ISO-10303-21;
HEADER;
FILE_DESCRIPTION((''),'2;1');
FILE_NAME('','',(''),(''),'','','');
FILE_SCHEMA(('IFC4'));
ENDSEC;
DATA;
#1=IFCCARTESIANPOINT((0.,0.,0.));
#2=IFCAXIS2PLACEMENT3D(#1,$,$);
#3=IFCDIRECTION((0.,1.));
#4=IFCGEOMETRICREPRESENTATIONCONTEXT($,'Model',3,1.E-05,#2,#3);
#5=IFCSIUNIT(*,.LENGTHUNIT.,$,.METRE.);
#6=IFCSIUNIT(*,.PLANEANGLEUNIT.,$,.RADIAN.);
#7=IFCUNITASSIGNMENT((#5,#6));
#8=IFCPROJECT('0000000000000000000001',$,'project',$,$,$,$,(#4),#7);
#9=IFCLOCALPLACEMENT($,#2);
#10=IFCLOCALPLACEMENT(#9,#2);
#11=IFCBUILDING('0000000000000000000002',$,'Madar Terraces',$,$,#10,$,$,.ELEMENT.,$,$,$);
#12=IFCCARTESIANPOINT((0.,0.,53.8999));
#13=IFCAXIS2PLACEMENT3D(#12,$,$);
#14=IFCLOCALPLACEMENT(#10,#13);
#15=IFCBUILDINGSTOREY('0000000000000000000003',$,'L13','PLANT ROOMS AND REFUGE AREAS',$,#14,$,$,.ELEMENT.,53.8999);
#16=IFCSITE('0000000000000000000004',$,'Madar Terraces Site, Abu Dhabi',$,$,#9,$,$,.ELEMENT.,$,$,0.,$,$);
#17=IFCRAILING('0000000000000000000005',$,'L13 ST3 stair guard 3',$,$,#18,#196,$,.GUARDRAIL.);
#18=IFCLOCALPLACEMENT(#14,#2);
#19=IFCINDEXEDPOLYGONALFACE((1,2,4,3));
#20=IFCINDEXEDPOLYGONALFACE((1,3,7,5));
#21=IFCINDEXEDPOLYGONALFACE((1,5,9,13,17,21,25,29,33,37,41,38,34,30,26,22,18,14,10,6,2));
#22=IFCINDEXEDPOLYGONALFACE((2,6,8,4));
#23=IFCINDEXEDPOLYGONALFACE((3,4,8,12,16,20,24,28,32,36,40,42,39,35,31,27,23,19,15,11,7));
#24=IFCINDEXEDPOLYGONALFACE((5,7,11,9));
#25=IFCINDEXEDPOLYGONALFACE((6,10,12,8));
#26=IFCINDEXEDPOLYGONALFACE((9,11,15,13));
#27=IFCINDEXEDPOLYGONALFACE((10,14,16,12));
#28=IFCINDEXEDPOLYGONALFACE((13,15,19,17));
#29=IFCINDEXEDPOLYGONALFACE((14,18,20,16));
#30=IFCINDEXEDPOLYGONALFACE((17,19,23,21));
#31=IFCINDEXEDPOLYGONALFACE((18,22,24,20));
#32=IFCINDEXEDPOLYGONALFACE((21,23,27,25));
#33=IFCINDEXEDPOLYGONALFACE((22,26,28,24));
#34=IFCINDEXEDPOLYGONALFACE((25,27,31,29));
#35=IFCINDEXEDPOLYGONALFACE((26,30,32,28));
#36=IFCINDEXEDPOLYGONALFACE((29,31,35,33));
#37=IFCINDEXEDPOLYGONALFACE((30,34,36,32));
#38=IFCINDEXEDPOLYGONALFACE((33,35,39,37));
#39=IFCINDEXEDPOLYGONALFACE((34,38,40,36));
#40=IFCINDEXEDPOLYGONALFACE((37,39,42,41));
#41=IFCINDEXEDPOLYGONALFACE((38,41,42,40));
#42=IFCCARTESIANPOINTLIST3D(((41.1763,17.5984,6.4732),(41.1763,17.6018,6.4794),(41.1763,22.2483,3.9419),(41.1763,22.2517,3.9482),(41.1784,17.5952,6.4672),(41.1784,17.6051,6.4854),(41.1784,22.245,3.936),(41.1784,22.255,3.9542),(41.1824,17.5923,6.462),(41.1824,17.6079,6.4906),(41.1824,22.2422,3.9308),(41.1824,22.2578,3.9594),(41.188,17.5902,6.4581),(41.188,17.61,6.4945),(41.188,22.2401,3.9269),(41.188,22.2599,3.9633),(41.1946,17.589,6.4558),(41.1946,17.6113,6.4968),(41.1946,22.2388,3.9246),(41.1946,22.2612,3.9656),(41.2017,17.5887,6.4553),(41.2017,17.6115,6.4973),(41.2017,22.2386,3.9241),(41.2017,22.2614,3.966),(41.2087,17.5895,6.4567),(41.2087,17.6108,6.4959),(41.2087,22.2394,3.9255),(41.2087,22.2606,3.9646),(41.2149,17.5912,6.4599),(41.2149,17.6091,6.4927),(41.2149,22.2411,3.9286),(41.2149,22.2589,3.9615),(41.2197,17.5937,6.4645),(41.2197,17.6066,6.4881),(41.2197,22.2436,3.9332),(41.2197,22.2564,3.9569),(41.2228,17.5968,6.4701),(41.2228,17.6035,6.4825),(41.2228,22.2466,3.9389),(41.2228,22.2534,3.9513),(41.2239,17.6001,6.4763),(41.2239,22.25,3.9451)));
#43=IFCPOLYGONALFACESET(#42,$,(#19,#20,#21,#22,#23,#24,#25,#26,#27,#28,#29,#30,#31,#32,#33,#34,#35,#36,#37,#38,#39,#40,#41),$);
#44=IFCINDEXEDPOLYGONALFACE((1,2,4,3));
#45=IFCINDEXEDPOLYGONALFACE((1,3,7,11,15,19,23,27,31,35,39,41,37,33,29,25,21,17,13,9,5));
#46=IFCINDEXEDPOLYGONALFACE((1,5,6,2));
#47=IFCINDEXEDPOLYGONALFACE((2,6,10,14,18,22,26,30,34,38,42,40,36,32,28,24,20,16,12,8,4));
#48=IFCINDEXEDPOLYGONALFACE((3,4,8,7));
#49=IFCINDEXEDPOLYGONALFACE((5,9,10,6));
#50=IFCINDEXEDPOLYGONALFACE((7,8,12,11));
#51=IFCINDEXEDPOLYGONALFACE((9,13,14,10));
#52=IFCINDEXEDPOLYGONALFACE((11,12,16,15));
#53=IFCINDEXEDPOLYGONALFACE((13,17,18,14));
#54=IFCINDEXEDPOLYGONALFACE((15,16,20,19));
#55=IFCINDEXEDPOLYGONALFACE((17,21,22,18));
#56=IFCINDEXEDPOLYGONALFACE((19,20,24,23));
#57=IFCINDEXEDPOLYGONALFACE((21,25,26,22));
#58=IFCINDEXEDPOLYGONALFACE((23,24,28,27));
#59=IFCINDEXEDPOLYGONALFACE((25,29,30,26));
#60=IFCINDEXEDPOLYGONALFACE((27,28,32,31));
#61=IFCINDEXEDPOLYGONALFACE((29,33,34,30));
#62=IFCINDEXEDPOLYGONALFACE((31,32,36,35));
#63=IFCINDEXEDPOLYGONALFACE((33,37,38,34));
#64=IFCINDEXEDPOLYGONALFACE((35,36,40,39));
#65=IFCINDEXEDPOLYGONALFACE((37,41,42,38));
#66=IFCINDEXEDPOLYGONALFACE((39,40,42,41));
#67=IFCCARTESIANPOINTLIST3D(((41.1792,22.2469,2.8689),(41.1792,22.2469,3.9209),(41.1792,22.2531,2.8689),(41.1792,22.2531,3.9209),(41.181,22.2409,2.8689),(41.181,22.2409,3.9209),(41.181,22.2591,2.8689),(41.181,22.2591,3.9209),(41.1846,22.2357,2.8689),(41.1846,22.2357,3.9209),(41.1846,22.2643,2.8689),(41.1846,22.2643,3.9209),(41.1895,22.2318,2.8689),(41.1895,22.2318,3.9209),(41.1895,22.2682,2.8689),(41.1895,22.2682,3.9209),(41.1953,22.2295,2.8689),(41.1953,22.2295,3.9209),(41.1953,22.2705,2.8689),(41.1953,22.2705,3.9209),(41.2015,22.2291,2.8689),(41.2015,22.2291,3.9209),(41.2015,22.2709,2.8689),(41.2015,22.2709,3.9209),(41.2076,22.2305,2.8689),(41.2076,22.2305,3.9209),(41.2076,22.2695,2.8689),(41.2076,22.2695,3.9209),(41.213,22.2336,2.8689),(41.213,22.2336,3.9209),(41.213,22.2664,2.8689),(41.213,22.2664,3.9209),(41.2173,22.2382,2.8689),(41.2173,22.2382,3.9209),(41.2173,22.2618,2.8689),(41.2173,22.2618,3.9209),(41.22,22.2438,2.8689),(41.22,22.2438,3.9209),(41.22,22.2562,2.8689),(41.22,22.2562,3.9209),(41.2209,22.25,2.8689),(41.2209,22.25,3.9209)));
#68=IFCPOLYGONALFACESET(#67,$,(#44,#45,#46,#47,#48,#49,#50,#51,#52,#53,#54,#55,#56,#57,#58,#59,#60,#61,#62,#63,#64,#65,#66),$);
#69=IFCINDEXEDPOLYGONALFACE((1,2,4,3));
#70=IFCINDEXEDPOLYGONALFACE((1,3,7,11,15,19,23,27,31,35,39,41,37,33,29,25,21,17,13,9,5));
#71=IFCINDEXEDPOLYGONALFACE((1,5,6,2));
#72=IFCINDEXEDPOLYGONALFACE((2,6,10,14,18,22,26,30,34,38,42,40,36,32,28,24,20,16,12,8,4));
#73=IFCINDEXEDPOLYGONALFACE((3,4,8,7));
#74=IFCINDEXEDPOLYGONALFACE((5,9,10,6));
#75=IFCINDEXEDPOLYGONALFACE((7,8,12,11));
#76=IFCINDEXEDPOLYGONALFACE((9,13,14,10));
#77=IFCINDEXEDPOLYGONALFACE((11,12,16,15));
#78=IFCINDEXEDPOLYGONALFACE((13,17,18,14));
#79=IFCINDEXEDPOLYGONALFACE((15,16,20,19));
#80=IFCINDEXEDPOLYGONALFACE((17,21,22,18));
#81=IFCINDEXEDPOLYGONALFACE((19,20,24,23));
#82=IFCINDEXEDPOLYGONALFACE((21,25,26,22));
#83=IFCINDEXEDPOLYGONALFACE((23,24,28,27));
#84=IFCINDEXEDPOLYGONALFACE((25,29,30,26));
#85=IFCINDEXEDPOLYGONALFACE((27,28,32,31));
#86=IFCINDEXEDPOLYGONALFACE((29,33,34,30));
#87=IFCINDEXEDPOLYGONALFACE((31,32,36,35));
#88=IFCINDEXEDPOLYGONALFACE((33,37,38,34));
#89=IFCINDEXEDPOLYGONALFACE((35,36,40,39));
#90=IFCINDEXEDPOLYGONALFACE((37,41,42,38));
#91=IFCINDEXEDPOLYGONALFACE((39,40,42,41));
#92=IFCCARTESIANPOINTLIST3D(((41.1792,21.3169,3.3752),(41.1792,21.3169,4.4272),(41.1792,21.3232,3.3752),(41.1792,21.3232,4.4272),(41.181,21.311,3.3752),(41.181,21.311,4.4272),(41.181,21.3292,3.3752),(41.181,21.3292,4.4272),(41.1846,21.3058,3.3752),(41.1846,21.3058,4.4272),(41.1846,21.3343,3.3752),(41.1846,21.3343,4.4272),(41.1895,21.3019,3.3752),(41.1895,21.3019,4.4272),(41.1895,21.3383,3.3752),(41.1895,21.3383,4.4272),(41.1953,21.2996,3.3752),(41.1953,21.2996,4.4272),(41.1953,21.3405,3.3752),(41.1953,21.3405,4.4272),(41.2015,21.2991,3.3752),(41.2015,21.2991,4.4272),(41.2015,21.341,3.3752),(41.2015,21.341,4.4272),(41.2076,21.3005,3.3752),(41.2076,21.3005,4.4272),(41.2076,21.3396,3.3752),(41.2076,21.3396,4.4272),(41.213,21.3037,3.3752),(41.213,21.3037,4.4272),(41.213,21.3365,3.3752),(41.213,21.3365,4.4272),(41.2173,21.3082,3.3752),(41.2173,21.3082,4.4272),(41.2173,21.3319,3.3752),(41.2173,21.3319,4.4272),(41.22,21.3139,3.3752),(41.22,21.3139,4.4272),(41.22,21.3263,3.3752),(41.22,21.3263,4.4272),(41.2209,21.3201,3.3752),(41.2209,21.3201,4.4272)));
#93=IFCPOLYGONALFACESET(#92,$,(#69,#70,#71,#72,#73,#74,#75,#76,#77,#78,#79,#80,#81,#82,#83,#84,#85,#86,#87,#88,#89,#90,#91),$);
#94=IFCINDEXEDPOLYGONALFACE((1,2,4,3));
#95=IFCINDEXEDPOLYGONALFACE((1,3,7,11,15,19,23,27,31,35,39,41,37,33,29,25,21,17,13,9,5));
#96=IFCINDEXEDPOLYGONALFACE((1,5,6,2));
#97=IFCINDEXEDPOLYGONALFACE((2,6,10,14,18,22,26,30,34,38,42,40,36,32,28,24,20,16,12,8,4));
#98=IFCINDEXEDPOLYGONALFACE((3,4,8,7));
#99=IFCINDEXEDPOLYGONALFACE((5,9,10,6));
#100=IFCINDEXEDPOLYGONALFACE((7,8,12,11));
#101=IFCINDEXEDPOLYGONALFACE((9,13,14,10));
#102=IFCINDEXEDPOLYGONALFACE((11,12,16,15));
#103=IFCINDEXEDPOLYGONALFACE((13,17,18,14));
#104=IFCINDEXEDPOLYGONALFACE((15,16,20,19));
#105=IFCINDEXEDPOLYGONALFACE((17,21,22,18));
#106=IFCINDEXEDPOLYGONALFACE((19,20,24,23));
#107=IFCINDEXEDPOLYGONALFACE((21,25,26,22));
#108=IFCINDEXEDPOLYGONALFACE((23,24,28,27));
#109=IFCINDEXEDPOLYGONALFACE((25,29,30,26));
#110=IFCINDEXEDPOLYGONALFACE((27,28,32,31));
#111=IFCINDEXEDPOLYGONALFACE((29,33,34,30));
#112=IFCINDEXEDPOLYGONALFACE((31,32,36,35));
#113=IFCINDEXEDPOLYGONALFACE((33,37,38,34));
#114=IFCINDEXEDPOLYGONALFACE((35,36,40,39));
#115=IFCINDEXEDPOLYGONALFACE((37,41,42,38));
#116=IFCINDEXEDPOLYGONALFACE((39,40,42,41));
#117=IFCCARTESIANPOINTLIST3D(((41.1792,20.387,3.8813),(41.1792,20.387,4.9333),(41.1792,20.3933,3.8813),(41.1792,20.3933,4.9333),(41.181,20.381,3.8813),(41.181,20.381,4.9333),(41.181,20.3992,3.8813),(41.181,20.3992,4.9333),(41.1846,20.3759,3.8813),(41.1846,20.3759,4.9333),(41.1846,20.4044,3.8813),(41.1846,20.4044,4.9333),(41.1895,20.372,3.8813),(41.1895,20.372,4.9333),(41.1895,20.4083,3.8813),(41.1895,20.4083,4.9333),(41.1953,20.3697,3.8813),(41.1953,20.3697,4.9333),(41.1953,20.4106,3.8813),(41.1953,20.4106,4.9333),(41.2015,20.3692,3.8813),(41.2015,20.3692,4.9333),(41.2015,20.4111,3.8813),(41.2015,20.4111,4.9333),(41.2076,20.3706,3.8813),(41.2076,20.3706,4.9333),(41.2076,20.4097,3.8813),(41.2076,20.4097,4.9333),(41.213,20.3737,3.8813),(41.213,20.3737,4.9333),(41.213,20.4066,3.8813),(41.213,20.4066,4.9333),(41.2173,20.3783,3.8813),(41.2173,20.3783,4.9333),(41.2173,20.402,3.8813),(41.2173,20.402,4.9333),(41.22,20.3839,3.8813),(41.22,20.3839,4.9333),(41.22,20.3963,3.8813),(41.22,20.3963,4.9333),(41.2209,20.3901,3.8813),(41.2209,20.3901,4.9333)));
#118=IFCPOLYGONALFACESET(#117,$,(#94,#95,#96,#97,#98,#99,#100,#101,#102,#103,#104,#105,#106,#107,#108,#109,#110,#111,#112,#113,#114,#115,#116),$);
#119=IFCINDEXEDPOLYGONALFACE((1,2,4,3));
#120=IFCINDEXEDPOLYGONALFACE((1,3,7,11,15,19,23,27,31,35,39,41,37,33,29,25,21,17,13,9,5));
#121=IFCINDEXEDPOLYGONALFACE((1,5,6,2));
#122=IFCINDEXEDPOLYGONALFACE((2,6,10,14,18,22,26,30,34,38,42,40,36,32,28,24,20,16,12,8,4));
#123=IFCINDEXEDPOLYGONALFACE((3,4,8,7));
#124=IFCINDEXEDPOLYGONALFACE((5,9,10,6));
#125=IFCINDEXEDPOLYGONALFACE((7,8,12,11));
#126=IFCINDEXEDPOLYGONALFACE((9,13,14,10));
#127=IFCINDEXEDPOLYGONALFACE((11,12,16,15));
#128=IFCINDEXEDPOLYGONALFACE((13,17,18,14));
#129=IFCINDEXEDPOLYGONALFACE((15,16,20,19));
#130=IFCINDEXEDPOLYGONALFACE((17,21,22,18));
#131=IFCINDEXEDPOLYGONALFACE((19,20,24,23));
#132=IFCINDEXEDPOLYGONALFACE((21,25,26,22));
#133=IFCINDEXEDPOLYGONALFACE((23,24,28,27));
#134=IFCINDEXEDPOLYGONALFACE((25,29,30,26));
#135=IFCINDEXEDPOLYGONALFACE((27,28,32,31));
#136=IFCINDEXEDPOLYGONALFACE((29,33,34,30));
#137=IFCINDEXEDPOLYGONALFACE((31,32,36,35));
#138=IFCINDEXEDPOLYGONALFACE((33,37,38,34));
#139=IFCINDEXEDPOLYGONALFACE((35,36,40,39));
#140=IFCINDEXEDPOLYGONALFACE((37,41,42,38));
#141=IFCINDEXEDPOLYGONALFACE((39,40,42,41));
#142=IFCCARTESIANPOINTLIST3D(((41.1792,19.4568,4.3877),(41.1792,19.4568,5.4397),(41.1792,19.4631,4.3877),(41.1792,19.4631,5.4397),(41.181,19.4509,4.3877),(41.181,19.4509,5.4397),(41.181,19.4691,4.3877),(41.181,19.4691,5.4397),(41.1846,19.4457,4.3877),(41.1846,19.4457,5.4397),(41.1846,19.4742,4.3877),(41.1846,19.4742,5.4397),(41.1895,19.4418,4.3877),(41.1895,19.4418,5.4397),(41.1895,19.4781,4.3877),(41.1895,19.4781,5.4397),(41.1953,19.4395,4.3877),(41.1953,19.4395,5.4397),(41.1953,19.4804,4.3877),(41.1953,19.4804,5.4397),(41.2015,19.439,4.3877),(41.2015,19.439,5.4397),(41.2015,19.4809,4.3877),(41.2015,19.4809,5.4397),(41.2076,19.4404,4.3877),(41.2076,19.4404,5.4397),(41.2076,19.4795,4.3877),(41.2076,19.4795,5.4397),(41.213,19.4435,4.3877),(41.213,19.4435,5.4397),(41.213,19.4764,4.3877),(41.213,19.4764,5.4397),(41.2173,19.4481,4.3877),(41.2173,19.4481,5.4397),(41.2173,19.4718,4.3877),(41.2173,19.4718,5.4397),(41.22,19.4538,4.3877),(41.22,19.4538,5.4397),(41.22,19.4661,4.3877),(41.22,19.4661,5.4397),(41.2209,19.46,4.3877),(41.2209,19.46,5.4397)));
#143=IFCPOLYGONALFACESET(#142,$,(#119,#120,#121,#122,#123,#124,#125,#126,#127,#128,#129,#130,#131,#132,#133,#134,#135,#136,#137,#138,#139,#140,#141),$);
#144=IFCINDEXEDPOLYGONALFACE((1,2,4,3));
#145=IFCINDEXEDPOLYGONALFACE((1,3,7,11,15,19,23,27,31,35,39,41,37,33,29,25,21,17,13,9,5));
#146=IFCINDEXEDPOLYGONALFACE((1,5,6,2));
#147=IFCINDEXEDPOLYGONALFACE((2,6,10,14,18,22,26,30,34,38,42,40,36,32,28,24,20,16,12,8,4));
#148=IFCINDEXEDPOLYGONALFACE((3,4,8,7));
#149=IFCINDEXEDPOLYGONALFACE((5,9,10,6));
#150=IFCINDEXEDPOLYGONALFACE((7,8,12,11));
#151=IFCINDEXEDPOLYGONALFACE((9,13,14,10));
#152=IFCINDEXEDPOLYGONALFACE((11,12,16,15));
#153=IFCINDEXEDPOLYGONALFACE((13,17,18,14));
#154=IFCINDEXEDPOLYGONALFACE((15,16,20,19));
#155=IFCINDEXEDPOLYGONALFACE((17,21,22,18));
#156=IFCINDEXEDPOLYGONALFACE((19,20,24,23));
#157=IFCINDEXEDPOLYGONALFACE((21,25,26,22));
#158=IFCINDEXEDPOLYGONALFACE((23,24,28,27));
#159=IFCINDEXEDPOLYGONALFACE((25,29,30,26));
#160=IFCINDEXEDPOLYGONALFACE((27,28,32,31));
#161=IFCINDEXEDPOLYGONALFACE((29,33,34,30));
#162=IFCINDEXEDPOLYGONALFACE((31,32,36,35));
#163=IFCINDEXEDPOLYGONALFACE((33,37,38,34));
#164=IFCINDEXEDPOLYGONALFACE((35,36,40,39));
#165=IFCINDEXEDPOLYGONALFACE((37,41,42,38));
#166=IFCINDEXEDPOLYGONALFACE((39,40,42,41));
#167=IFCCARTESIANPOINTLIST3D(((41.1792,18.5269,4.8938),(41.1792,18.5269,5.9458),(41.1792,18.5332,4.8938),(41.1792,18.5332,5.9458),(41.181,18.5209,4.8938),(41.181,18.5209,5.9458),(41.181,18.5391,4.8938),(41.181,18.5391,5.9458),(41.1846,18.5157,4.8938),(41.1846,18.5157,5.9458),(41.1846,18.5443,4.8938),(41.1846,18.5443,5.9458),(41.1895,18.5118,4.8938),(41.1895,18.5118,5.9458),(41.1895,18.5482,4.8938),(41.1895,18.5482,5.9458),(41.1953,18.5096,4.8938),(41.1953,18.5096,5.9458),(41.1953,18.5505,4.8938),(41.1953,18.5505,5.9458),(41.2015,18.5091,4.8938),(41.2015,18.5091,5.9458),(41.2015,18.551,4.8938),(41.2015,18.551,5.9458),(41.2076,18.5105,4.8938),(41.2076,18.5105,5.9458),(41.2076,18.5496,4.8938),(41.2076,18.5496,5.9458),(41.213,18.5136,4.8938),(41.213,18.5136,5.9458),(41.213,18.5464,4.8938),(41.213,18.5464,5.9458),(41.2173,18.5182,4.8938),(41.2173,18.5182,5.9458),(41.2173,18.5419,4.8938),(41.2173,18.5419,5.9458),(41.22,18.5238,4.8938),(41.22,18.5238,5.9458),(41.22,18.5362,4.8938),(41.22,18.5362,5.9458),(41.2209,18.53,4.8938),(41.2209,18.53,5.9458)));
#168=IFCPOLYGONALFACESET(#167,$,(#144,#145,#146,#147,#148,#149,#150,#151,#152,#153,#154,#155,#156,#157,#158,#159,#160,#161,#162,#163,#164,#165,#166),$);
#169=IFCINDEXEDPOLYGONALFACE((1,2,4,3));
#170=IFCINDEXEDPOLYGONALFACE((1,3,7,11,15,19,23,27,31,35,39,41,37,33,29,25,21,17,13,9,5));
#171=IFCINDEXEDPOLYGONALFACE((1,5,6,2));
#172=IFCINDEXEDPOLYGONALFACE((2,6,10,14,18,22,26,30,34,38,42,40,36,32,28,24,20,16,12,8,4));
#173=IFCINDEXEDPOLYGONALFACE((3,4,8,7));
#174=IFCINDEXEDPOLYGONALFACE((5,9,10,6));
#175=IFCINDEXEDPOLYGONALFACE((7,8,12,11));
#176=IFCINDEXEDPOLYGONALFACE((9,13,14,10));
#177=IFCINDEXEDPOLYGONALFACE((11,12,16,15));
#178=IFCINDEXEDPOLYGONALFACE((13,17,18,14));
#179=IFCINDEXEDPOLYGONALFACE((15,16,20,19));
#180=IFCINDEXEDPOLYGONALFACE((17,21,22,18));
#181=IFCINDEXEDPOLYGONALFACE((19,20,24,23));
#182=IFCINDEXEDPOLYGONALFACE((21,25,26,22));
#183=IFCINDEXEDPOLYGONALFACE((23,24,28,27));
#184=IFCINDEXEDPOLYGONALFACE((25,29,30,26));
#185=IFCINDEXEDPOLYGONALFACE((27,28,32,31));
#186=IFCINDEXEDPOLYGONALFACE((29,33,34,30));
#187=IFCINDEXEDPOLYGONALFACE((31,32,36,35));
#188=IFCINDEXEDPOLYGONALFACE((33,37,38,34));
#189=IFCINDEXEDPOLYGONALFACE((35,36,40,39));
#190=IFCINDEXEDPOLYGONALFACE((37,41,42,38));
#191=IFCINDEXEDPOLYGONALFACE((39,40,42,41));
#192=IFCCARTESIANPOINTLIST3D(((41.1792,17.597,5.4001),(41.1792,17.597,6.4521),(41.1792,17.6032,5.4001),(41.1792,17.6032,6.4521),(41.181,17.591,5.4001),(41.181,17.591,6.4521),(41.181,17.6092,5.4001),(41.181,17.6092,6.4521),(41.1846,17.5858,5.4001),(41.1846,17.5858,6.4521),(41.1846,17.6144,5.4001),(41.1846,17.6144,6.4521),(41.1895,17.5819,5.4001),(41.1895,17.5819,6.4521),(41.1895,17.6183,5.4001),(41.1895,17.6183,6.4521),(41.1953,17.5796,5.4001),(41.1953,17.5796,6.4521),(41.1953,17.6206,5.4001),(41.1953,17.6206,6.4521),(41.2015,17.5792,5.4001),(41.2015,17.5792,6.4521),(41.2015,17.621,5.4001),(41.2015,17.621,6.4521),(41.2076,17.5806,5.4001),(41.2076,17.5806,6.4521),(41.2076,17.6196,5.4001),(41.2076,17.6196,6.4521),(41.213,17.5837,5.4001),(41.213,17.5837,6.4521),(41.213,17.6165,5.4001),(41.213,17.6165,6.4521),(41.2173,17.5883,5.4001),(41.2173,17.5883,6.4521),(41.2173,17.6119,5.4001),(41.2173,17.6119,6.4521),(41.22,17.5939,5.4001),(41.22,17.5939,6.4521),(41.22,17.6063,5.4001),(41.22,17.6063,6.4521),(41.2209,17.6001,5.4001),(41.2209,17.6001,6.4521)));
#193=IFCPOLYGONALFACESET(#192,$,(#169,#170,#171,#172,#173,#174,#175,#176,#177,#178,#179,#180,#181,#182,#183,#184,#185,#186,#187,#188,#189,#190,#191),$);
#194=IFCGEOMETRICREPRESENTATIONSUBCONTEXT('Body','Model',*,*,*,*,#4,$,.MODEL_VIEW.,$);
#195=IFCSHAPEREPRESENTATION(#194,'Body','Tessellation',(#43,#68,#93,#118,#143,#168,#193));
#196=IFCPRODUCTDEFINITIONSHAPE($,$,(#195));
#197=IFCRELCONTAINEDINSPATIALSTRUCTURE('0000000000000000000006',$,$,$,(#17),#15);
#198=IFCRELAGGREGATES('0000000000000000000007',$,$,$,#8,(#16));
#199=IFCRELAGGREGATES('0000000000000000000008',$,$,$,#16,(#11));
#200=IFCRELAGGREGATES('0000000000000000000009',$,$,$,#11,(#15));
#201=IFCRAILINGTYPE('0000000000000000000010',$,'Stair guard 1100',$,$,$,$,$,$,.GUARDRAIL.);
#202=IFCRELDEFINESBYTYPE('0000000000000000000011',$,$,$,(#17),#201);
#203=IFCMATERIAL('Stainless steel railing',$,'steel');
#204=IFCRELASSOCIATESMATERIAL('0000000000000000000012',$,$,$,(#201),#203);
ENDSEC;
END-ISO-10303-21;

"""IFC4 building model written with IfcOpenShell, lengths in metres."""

from ifc_helpers import new_model, si_unit, direction, frame, origin, origin_2d, place, context, subcontext, project, spatial, circle, extrude, material, type_object, element, save


model = new_model("IFC4")

# Units and contexts
model_context = context("Model", 3, precision=1e-05, world=origin(), true_north=direction((0.0, 1.0)))
body_context = subcontext(model_context, "Body", "Model", "MODEL_VIEW")
ifc_project = project(units=[si_unit("LENGTHUNIT", "METRE"), si_unit("PLANEANGLEUNIT", "RADIAN")], contexts=[model_context])

# Site, building, storey
site_placement = place(None, origin())
site = spatial("IfcSite", under=ifc_project, at=site_placement, Name="Madar Terraces Site, Abu Dhabi", CompositionType="ELEMENT", RefElevation=0.0)
building_placement = place(site_placement, origin())
building = spatial("IfcBuilding", under=site, at=building_placement, Name="Madar Terraces", CompositionType="ELEMENT")
storey_placement = place(building_placement, frame((0.0, 0.0, 53.8999)))
storey = spatial("IfcBuildingStorey", under=building, at=storey_placement, Name="L13", Description="PLANT ROOMS AND REFUGE AREAS", CompositionType="ELEMENT", Elevation=53.8999)

# Railing
ifc_material_1 = material(Name="Stainless steel railing", Category="steel")
railing_type_1 = type_object("IfcRailingType", Name="Stair guard 1100", PredefinedType="GUARDRAIL", material=ifc_material_1)
railing_1_placement = place(storey_placement, frame((41.2, 22.25, 2.8689)))
element("IfcRailing", 1, at=railing_1_placement, inside=storey, type_object=railing_type_1, Name="L13 ST3 stair guard 3", PredefinedType="GUARDRAIL", context=body_context, shape_type="SweptSolid", body=[
    extrude(circle(Radius=0.0239, at=origin_2d()), frame((0.0, 0.0, 1.0762), z_axis=(0.0, -0.878297, 0.478115), x_axis=(1.0, 0.0, 0.0)), (0.0, 0.0, 1.0), 5.2942),
    extrude(circle(Radius=0.021, at=origin_2d()), origin(), (0.0, 0.0, 1.0), 1.052),
    extrude(circle(Radius=0.021, at=origin_2d()), frame((0.0, -0.9299, 0.5063)), (0.0, 0.0, 1.0), 1.052),
    extrude(circle(Radius=0.021, at=origin_2d()), frame((0.0, -1.8599, 1.0125)), (0.0, 0.0, 1.0), 1.052),
    extrude(circle(Radius=0.021, at=origin_2d()), frame((0.0, -2.79, 1.5188)), (0.0, 0.0, 1.0), 1.052),
    extrude(circle(Radius=0.021, at=origin_2d()), frame((0.0, -3.72, 2.0249)), (0.0, 0.0, 1.0), 1.052),
    extrude(circle(Radius=0.021, at=origin_2d()), frame((0.0, -4.6499, 2.5312)), (0.0, 0.0, 1.0), 1.052),
])

save(model, "model.ifc")
